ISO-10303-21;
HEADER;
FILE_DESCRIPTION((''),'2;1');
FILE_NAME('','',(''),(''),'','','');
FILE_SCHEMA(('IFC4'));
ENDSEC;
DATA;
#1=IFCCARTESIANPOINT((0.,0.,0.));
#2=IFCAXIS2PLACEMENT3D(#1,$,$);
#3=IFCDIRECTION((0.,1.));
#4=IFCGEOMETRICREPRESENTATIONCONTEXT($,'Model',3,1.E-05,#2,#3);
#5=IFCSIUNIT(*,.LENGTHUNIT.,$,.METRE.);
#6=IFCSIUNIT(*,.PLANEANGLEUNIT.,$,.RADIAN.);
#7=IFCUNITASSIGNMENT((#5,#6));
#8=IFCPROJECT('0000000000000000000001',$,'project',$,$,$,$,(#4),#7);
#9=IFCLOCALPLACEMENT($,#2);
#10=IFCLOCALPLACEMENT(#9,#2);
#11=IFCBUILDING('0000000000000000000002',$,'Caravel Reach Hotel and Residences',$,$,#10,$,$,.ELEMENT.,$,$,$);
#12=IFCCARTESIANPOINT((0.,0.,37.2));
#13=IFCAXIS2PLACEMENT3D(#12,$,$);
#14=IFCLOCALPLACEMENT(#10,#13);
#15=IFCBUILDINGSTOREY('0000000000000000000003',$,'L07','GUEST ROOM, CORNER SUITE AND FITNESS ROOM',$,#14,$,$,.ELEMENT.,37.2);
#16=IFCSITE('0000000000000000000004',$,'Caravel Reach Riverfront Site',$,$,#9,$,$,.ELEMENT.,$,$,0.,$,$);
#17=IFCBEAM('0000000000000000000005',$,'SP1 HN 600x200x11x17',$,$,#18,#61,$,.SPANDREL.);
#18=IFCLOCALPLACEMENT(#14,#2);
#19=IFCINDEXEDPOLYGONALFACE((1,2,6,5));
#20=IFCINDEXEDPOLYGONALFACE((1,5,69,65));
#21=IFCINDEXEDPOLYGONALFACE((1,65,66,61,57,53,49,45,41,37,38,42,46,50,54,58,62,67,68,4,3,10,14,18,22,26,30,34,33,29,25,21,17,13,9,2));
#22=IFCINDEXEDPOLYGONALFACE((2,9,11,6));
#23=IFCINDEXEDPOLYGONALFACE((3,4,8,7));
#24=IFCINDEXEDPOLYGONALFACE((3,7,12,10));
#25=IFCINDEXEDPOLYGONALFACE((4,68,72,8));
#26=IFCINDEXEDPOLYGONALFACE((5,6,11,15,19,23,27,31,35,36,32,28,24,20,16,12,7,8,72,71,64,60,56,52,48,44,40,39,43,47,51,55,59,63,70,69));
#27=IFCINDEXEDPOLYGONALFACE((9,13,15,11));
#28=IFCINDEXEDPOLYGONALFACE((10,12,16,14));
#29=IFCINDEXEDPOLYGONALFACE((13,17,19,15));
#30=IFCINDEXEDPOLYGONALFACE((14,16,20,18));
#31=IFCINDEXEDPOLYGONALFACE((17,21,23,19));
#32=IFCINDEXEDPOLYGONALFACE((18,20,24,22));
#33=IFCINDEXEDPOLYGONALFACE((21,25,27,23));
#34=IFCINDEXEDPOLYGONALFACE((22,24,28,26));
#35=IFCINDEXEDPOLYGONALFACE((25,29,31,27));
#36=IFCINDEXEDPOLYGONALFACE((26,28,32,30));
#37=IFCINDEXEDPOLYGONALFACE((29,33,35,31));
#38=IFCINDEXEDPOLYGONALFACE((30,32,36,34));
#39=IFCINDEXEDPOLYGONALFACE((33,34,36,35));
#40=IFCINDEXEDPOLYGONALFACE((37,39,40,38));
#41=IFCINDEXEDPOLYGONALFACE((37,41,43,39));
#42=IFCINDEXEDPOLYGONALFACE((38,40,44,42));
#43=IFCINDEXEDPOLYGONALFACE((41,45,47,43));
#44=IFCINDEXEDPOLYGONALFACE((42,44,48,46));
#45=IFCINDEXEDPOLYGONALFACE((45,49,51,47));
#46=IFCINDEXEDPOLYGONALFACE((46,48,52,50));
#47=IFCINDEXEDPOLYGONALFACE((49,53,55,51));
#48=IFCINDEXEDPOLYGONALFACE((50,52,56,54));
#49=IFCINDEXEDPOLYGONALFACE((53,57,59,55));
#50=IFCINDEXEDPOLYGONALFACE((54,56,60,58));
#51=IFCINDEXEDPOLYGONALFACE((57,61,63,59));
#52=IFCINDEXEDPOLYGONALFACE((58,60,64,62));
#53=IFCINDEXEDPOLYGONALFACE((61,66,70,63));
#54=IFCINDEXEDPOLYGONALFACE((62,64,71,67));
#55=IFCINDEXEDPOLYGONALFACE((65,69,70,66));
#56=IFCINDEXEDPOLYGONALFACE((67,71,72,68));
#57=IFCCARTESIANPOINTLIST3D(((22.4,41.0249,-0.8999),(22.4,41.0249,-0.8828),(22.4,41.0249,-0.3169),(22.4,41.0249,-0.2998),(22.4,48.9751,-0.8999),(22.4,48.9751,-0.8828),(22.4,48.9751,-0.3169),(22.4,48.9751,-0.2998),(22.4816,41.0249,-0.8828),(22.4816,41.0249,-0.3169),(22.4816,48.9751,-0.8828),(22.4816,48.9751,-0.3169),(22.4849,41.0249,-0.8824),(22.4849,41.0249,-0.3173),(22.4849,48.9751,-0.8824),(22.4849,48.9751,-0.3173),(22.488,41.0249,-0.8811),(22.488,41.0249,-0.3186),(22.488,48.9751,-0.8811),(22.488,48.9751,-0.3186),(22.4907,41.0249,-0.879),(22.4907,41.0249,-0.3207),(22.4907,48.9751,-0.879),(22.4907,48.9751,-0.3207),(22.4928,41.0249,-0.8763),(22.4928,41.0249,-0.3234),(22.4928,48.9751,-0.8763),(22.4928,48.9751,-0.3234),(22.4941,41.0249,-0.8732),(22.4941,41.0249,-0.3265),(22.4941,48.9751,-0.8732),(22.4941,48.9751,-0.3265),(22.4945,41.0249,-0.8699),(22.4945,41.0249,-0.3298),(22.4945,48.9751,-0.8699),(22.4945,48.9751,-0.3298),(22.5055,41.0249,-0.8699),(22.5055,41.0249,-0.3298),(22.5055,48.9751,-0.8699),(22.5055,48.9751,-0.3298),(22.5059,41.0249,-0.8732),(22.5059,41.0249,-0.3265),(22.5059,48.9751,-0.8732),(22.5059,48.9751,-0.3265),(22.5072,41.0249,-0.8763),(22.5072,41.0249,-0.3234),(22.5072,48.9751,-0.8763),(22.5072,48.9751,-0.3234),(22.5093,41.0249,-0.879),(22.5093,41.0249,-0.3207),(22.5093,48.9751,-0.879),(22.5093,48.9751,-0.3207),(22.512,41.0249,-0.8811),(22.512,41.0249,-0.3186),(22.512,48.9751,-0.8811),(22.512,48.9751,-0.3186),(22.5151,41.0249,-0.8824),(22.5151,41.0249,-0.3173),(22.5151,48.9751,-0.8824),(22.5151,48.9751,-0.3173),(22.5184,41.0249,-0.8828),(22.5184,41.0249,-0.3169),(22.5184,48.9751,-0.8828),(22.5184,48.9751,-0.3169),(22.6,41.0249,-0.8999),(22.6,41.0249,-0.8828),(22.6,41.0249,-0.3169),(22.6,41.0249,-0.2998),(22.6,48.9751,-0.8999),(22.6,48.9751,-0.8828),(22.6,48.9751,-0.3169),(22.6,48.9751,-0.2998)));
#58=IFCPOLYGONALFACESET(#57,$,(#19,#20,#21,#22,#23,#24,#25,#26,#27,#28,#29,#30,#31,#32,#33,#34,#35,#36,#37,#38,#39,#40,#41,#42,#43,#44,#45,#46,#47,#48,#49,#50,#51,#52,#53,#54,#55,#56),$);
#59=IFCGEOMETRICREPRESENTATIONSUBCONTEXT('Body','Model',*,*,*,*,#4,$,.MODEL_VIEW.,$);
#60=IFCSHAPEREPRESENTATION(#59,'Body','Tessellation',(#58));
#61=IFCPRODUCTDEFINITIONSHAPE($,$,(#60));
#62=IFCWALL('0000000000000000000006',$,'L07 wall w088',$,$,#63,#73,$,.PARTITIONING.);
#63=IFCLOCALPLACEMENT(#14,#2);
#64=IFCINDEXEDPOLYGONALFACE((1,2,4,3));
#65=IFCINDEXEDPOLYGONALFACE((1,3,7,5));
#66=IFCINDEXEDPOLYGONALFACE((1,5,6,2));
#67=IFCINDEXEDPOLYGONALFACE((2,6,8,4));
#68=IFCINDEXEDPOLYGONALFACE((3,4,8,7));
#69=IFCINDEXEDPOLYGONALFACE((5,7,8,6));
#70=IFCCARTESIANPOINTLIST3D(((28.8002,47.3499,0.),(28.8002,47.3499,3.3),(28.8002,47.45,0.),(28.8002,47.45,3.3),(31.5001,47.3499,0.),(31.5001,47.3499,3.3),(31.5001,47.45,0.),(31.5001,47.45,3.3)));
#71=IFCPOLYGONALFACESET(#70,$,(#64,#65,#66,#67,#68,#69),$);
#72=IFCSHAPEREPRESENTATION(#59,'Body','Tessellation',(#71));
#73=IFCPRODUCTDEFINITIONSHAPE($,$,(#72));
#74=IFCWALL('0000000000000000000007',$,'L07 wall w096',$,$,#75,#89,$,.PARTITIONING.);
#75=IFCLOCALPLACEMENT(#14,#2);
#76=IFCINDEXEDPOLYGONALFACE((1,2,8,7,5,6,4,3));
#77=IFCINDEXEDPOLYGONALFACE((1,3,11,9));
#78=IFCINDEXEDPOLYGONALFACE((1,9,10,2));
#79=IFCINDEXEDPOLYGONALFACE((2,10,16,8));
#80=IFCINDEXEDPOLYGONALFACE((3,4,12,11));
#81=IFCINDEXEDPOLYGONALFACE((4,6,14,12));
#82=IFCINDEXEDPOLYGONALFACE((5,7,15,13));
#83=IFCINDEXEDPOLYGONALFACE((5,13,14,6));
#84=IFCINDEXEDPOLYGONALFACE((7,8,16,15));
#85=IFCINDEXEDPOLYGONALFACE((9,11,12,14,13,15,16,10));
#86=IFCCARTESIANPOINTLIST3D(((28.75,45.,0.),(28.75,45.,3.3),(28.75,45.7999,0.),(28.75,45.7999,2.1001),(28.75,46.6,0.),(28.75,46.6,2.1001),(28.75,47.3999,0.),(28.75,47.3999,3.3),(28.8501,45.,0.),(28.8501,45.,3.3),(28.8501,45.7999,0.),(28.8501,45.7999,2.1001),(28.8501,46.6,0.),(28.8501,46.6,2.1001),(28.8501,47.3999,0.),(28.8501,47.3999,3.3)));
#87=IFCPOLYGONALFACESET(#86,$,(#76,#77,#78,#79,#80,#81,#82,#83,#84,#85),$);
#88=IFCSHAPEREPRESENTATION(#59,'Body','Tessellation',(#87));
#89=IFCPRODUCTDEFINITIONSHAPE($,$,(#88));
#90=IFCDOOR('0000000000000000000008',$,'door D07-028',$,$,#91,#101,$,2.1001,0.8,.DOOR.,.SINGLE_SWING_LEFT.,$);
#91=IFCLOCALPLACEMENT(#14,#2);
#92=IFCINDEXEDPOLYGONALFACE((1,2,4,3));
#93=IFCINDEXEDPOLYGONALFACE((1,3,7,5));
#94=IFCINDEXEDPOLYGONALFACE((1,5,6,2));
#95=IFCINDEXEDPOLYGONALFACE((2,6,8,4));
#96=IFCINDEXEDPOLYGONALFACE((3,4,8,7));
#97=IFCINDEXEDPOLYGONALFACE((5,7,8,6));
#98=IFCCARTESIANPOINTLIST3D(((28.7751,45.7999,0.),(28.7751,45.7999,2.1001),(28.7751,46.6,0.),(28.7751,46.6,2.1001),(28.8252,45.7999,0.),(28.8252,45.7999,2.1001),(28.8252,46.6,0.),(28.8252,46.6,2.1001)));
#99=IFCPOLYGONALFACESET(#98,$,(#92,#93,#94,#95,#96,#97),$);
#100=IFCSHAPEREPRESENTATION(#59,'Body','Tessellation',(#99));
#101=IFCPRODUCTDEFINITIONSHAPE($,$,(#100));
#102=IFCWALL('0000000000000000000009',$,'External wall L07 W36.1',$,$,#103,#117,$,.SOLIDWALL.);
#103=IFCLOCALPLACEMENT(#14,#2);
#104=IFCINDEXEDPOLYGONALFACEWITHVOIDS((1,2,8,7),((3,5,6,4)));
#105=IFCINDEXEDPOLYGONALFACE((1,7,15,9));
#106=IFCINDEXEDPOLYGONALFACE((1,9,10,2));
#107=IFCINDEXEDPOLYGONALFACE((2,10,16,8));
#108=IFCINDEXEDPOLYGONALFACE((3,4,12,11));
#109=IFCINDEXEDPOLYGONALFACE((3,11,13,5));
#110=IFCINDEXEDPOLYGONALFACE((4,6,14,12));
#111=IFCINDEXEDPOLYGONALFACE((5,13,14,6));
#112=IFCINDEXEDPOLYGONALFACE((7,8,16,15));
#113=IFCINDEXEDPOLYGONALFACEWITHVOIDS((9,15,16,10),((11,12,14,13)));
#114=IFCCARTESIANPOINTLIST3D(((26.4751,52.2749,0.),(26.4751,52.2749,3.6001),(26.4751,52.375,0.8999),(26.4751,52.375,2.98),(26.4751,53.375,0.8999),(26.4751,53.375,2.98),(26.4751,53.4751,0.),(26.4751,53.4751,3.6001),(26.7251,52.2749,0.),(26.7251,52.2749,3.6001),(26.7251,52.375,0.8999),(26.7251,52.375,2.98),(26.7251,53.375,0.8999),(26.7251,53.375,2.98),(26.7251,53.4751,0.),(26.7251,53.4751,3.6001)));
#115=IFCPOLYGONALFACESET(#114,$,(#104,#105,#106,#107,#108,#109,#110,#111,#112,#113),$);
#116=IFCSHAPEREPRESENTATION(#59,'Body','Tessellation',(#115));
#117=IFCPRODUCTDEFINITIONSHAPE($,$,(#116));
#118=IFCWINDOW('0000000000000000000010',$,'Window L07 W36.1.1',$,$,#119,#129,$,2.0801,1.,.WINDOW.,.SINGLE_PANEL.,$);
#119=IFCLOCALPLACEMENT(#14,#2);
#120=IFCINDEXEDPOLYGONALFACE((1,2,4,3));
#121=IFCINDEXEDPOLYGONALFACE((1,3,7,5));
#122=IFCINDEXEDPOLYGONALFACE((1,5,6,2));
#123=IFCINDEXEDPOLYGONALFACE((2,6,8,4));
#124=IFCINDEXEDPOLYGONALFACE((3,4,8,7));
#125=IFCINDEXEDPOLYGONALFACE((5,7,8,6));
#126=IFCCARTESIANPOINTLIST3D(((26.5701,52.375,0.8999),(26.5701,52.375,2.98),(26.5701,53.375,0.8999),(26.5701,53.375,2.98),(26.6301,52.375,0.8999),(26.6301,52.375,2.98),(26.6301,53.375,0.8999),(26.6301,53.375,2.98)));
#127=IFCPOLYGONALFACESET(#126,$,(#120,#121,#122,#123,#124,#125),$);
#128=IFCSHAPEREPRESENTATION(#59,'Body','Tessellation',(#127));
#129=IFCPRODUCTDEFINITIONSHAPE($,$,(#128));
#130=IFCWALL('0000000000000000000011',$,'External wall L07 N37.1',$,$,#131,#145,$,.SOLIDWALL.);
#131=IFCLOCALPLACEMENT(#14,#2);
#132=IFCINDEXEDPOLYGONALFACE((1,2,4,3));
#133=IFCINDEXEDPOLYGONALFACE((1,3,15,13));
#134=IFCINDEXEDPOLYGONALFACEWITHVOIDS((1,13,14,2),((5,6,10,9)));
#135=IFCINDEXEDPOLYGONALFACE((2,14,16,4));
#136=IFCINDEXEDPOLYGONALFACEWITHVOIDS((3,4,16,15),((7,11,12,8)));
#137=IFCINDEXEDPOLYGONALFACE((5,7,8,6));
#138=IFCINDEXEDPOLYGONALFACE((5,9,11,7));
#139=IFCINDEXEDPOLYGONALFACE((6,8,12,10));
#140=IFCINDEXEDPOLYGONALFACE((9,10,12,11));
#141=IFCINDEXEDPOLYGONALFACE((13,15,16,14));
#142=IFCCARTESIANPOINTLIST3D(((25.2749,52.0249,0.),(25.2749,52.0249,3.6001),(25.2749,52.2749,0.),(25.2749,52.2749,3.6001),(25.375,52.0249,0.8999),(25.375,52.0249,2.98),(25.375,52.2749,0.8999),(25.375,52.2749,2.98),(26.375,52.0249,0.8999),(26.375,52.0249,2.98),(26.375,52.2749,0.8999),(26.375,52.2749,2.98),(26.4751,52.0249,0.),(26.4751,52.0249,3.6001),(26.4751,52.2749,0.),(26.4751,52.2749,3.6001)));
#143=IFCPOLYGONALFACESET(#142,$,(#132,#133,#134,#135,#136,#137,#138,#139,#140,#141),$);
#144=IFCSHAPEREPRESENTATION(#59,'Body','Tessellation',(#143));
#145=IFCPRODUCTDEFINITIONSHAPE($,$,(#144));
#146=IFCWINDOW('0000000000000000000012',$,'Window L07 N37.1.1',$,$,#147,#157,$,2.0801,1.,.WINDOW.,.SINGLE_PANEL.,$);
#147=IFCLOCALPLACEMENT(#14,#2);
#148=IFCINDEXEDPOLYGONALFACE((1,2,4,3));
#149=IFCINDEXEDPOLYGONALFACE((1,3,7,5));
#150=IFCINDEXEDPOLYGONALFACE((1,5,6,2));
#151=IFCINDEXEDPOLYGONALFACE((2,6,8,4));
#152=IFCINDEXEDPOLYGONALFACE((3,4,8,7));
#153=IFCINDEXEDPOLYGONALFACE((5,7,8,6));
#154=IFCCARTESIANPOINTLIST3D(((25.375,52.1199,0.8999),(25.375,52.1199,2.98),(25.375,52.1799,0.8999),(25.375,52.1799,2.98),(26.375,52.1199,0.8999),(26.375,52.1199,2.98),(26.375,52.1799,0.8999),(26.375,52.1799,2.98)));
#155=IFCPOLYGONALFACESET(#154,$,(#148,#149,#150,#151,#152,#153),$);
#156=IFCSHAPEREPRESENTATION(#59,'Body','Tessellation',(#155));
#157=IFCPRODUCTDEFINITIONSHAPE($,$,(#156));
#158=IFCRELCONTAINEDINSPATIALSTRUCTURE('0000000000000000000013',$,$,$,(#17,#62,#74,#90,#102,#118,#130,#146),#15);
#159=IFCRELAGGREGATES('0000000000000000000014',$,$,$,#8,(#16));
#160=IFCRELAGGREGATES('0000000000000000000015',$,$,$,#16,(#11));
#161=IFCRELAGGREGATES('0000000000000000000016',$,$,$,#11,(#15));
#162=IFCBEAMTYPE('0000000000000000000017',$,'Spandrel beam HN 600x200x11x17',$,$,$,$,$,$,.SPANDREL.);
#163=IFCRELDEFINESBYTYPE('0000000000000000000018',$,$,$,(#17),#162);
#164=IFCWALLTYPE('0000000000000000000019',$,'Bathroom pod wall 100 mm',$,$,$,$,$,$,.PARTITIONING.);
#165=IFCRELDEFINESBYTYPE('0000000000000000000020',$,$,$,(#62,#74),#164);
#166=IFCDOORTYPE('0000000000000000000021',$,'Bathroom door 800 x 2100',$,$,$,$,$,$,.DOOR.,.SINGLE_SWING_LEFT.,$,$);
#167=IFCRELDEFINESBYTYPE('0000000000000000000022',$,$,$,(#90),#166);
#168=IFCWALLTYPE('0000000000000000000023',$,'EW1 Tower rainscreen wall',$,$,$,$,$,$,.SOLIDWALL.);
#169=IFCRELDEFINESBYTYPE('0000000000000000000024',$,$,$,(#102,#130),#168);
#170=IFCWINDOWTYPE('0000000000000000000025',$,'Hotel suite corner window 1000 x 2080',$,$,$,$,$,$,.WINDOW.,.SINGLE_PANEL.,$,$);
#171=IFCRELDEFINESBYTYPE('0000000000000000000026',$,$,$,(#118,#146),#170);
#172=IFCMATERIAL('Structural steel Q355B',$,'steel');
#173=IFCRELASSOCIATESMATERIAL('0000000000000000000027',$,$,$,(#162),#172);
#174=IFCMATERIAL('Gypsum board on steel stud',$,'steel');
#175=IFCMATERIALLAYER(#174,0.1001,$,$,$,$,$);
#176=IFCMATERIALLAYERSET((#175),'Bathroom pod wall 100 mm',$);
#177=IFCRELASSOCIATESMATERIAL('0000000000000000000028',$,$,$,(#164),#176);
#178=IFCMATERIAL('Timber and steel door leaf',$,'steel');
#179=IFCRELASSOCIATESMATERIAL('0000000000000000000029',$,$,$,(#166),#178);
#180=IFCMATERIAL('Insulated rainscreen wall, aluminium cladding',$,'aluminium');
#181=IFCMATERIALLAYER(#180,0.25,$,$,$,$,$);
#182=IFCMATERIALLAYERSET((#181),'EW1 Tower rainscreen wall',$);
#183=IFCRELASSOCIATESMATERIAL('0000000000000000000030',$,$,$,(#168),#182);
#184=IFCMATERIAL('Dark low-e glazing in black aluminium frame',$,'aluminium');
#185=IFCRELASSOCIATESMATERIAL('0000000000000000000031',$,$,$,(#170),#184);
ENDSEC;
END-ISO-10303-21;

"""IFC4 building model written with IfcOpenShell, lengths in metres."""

from ifc_helpers import new_model, si_unit, direction, frame, frame_2d, origin, origin_2d, place, context, subcontext, project, spatial, rectangle, i_section, extrude, material, layer, layer_set, material_profile, profile_set, type_object, element, fill, save


model = new_model("IFC4")

# Units and contexts
model_context = context("Model", 3, precision=1e-05, world=origin(), true_north=direction((0.0, 1.0)))
body_context = subcontext(model_context, "Body", "Model", "MODEL_VIEW")
ifc_project = project(units=[si_unit("LENGTHUNIT", "METRE"), si_unit("PLANEANGLEUNIT", "RADIAN")], contexts=[model_context])

# Site, building, storey
site_placement = place(None, origin())
site = spatial("IfcSite", under=ifc_project, at=site_placement, Name="Caravel Reach Riverfront Site", CompositionType="ELEMENT", RefElevation=0.0)
building_placement = place(site_placement, origin())
building = spatial("IfcBuilding", under=site, at=building_placement, Name="Caravel Reach Hotel and Residences", CompositionType="ELEMENT")
storey_placement = place(building_placement, frame((0.0, 0.0, 37.2)))
storey = spatial("IfcBuildingStorey", under=building, at=storey_placement, Name="L07", Description="GUEST ROOM, CORNER SUITE AND FITNESS ROOM", CompositionType="ELEMENT", Elevation=37.2)

# Beam
ifc_material_1 = material(Name="Structural steel Q355B", Category="steel")
ifc_material_profile_1 = material_profile(ifc_material_1, i_section(OverallWidth=0.2, OverallDepth=0.6001, WebThickness=0.011, FlangeThickness=0.0171, FilletRadius=0.0129, at=origin_2d()), Name="HN 600x200x11x17")
ifc_profile_set_1 = profile_set([ifc_material_profile_1], Name="Structural steel Q355B")
beam_type_1 = type_object("IfcBeamType", Name="Spandrel beam HN 600x200x11x17", PredefinedType="SPANDREL", material=ifc_profile_set_1)
beam_1_placement = place(storey_placement, frame((22.5, 48.9751, -0.5999), z_axis=(0.0, -1.0, 0.0), x_axis=(1.0, 0.0, 0.0)))
element("IfcBeam", 1, at=beam_1_placement, inside=storey, type_object=beam_type_1, Name="SP1 HN 600x200x11x17", PredefinedType="SPANDREL", context=body_context, shape_type="SweptSolid", body=[
    extrude(i_section(OverallWidth=0.2, OverallDepth=0.6001, WebThickness=0.011, FlangeThickness=0.0171, FilletRadius=0.0129, at=origin_2d()), origin(), (0.0, 0.0, 1.0), 7.9502),
])

# Wall
ifc_material_2 = material(Name="Gypsum board on steel stud", Category="steel")
ifc_layer_1 = layer(ifc_material_2, 0.1001)
ifc_layer_set_1 = layer_set([ifc_layer_1], Name="Bathroom pod wall 100 mm")
wall_type_1 = type_object("IfcWallType", Name="Bathroom pod wall 100 mm", PredefinedType="PARTITIONING", material=ifc_layer_set_1)
wall_1_placement = place(storey_placement, frame((28.8, 47.3999, 0.0), z_axis=(0.0, 0.0, 1.0), x_axis=(1.0, 0.0, 0.0)))
element("IfcWall", 2, at=wall_1_placement, inside=storey, type_object=wall_type_1, Name="L07 wall w088", PredefinedType="PARTITIONING", context=body_context, shape_type="SweptSolid", body=[
    extrude(rectangle(XDim=2.7, YDim=0.1001, at=frame_2d((1.3501, 0.0))), origin(), (0.0, 0.0, 1.0), 3.3),
])

# Wall, opening, door
wall_2_placement = place(storey_placement, frame((28.8, 45.0, 0.0), z_axis=(0.0, 0.0, 1.0), x_axis=(0.0, 1.0, 0.0)))
wall_2 = element("IfcWall", 3, at=wall_2_placement, inside=storey, type_object=wall_type_1, Name="L07 wall w096", PredefinedType="PARTITIONING", context=body_context, shape_type="SweptSolid", body=[
    extrude(rectangle(XDim=2.3999, YDim=0.1001, at=frame_2d((1.2, 0.0))), origin(), (0.0, 0.0, 1.0), 3.3),
])
opening_1_placement = place(wall_2_placement, frame((0.8, 0.0, 0.0)))
opening_1 = element("IfcOpeningElement", 4, at=opening_1_placement, cuts=wall_2, PredefinedType="OPENING", context=body_context, shape_type="SweptSolid", body=[
    extrude(rectangle(XDim=0.8, YDim=2.1001, at=frame_2d((0.3999, 1.05))), frame((0.0, 0.0601, 0.0), z_axis=(0.0, -1.0, 0.0), x_axis=(1.0, 0.0, 0.0)), (0.0, 0.0, 1.0), 0.1201),
])
ifc_material_3 = material(Name="Timber and steel door leaf", Category="steel")
door_type_1 = type_object("IfcDoorType", Name="Bathroom door 800 x 2100", OperationType="SINGLE_SWING_LEFT", PredefinedType="DOOR", material=ifc_material_3)
door_1_placement = place(opening_1_placement, origin())
door_1 = element("IfcDoor", 5, at=door_1_placement, inside=storey, type_object=door_type_1, Name="door D07-028", OperationType="SINGLE_SWING_LEFT", OverallHeight=2.1001, OverallWidth=0.8, PredefinedType="DOOR", context=body_context, shape_type="SweptSolid", body=[
    extrude(rectangle(XDim=0.8, YDim=2.1001, at=frame_2d((0.3999, 1.05))), frame((0.0, 0.0249, 0.0), z_axis=(0.0, -1.0, 0.0), x_axis=(1.0, 0.0, 0.0)), (0.0, 0.0, 1.0), 0.05),
])
fill(opening_1, door_1)

# Walls, openings, windows
ifc_material_4 = material(Name="Insulated rainscreen wall, aluminium cladding", Category="aluminium")
ifc_layer_2 = layer(ifc_material_4, 0.25)
ifc_layer_set_2 = layer_set([ifc_layer_2], Name="EW1 Tower rainscreen wall")
wall_type_2 = type_object("IfcWallType", Name="EW1 Tower rainscreen wall", PredefinedType="SOLIDWALL", material=ifc_layer_set_2)
wall_3_placement = place(storey_placement, frame((26.6001, 53.4751, 0.0), z_axis=(0.0, 0.0, 1.0), x_axis=(0.0, -1.0, 0.0)))
wall_3 = element("IfcWall", 6, at=wall_3_placement, inside=storey, type_object=wall_type_2, Name="External wall L07 W36.1", PredefinedType="SOLIDWALL", context=body_context, shape_type="SweptSolid", body=[
    extrude(rectangle(XDim=1.2002, YDim=0.25, at=frame_2d((0.6001, 0.0))), origin(), (0.0, 0.0, 1.0), 3.6001),
])
opening_2_placement = place(wall_3_placement, frame((0.1001, 0.0, 0.8999)))
opening_2 = element("IfcOpeningElement", 7, at=opening_2_placement, cuts=wall_3, PredefinedType="OPENING", context=body_context, shape_type="SweptSolid", body=[
    extrude(rectangle(XDim=1.0, YDim=2.0801, at=frame_2d((0.5, 1.04))), frame((0.0, 0.135, 0.0), z_axis=(0.0, -1.0, 0.0), x_axis=(1.0, 0.0, 0.0)), (0.0, 0.0, 1.0), 0.27),
])
ifc_material_5 = material(Name="Dark low-e glazing in black aluminium frame", Category="aluminium")
window_type_1 = type_object("IfcWindowType", Name="Hotel suite corner window 1000 x 2080", PartitioningType="SINGLE_PANEL", PredefinedType="WINDOW", material=ifc_material_5)
window_1_placement = place(opening_2_placement, origin())
window_1 = element("IfcWindow", 8, at=window_1_placement, inside=storey, type_object=window_type_1, Name="Window L07 W36.1.1", OverallHeight=2.0801, OverallWidth=1.0, PartitioningType="SINGLE_PANEL", PredefinedType="WINDOW", context=body_context, shape_type="SweptSolid", body=[
    extrude(rectangle(XDim=1.0, YDim=2.0801, at=frame_2d((0.5, 1.04))), frame((0.0, 0.03, 0.0), z_axis=(0.0, -1.0, 0.0), x_axis=(1.0, 0.0, 0.0)), (0.0, 0.0, 1.0), 0.0601),
])
fill(opening_2, window_1)
wall_4_placement = place(storey_placement, frame((26.4751, 52.1499, 0.0), z_axis=(0.0, 0.0, 1.0), x_axis=(-1.0, 0.0, 0.0)))
wall_4 = element("IfcWall", 9, at=wall_4_placement, inside=storey, type_object=wall_type_2, Name="External wall L07 N37.1", PredefinedType="SOLIDWALL", context=body_context, shape_type="SweptSolid", body=[
    extrude(rectangle(XDim=1.2002, YDim=0.25, at=frame_2d((0.6001, 0.0))), origin(), (0.0, 0.0, 1.0), 3.6001),
])
opening_3_placement = place(wall_4_placement, frame((0.1001, 0.0, 0.8999)))
opening_3 = element("IfcOpeningElement", 10, at=opening_3_placement, cuts=wall_4, PredefinedType="OPENING", context=body_context, shape_type="SweptSolid", body=[
    extrude(rectangle(XDim=1.0, YDim=2.0801, at=frame_2d((0.5, 1.04))), frame((0.0, 0.135, 0.0), z_axis=(0.0, -1.0, 0.0), x_axis=(1.0, 0.0, 0.0)), (0.0, 0.0, 1.0), 0.27),
])
window_2_placement = place(opening_3_placement, origin())
window_2 = element("IfcWindow", 11, at=window_2_placement, inside=storey, type_object=window_type_1, Name="Window L07 N37.1.1", OverallHeight=2.0801, OverallWidth=1.0, PartitioningType="SINGLE_PANEL", PredefinedType="WINDOW", context=body_context, shape_type="SweptSolid", body=[
    extrude(rectangle(XDim=1.0, YDim=2.0801, at=frame_2d((0.5, 1.04))), frame((0.0, 0.03, 0.0), z_axis=(0.0, -1.0, 0.0), x_axis=(1.0, 0.0, 0.0)), (0.0, 0.0, 1.0), 0.0601),
])
fill(opening_3, window_2)

save(model, "model.ifc")
